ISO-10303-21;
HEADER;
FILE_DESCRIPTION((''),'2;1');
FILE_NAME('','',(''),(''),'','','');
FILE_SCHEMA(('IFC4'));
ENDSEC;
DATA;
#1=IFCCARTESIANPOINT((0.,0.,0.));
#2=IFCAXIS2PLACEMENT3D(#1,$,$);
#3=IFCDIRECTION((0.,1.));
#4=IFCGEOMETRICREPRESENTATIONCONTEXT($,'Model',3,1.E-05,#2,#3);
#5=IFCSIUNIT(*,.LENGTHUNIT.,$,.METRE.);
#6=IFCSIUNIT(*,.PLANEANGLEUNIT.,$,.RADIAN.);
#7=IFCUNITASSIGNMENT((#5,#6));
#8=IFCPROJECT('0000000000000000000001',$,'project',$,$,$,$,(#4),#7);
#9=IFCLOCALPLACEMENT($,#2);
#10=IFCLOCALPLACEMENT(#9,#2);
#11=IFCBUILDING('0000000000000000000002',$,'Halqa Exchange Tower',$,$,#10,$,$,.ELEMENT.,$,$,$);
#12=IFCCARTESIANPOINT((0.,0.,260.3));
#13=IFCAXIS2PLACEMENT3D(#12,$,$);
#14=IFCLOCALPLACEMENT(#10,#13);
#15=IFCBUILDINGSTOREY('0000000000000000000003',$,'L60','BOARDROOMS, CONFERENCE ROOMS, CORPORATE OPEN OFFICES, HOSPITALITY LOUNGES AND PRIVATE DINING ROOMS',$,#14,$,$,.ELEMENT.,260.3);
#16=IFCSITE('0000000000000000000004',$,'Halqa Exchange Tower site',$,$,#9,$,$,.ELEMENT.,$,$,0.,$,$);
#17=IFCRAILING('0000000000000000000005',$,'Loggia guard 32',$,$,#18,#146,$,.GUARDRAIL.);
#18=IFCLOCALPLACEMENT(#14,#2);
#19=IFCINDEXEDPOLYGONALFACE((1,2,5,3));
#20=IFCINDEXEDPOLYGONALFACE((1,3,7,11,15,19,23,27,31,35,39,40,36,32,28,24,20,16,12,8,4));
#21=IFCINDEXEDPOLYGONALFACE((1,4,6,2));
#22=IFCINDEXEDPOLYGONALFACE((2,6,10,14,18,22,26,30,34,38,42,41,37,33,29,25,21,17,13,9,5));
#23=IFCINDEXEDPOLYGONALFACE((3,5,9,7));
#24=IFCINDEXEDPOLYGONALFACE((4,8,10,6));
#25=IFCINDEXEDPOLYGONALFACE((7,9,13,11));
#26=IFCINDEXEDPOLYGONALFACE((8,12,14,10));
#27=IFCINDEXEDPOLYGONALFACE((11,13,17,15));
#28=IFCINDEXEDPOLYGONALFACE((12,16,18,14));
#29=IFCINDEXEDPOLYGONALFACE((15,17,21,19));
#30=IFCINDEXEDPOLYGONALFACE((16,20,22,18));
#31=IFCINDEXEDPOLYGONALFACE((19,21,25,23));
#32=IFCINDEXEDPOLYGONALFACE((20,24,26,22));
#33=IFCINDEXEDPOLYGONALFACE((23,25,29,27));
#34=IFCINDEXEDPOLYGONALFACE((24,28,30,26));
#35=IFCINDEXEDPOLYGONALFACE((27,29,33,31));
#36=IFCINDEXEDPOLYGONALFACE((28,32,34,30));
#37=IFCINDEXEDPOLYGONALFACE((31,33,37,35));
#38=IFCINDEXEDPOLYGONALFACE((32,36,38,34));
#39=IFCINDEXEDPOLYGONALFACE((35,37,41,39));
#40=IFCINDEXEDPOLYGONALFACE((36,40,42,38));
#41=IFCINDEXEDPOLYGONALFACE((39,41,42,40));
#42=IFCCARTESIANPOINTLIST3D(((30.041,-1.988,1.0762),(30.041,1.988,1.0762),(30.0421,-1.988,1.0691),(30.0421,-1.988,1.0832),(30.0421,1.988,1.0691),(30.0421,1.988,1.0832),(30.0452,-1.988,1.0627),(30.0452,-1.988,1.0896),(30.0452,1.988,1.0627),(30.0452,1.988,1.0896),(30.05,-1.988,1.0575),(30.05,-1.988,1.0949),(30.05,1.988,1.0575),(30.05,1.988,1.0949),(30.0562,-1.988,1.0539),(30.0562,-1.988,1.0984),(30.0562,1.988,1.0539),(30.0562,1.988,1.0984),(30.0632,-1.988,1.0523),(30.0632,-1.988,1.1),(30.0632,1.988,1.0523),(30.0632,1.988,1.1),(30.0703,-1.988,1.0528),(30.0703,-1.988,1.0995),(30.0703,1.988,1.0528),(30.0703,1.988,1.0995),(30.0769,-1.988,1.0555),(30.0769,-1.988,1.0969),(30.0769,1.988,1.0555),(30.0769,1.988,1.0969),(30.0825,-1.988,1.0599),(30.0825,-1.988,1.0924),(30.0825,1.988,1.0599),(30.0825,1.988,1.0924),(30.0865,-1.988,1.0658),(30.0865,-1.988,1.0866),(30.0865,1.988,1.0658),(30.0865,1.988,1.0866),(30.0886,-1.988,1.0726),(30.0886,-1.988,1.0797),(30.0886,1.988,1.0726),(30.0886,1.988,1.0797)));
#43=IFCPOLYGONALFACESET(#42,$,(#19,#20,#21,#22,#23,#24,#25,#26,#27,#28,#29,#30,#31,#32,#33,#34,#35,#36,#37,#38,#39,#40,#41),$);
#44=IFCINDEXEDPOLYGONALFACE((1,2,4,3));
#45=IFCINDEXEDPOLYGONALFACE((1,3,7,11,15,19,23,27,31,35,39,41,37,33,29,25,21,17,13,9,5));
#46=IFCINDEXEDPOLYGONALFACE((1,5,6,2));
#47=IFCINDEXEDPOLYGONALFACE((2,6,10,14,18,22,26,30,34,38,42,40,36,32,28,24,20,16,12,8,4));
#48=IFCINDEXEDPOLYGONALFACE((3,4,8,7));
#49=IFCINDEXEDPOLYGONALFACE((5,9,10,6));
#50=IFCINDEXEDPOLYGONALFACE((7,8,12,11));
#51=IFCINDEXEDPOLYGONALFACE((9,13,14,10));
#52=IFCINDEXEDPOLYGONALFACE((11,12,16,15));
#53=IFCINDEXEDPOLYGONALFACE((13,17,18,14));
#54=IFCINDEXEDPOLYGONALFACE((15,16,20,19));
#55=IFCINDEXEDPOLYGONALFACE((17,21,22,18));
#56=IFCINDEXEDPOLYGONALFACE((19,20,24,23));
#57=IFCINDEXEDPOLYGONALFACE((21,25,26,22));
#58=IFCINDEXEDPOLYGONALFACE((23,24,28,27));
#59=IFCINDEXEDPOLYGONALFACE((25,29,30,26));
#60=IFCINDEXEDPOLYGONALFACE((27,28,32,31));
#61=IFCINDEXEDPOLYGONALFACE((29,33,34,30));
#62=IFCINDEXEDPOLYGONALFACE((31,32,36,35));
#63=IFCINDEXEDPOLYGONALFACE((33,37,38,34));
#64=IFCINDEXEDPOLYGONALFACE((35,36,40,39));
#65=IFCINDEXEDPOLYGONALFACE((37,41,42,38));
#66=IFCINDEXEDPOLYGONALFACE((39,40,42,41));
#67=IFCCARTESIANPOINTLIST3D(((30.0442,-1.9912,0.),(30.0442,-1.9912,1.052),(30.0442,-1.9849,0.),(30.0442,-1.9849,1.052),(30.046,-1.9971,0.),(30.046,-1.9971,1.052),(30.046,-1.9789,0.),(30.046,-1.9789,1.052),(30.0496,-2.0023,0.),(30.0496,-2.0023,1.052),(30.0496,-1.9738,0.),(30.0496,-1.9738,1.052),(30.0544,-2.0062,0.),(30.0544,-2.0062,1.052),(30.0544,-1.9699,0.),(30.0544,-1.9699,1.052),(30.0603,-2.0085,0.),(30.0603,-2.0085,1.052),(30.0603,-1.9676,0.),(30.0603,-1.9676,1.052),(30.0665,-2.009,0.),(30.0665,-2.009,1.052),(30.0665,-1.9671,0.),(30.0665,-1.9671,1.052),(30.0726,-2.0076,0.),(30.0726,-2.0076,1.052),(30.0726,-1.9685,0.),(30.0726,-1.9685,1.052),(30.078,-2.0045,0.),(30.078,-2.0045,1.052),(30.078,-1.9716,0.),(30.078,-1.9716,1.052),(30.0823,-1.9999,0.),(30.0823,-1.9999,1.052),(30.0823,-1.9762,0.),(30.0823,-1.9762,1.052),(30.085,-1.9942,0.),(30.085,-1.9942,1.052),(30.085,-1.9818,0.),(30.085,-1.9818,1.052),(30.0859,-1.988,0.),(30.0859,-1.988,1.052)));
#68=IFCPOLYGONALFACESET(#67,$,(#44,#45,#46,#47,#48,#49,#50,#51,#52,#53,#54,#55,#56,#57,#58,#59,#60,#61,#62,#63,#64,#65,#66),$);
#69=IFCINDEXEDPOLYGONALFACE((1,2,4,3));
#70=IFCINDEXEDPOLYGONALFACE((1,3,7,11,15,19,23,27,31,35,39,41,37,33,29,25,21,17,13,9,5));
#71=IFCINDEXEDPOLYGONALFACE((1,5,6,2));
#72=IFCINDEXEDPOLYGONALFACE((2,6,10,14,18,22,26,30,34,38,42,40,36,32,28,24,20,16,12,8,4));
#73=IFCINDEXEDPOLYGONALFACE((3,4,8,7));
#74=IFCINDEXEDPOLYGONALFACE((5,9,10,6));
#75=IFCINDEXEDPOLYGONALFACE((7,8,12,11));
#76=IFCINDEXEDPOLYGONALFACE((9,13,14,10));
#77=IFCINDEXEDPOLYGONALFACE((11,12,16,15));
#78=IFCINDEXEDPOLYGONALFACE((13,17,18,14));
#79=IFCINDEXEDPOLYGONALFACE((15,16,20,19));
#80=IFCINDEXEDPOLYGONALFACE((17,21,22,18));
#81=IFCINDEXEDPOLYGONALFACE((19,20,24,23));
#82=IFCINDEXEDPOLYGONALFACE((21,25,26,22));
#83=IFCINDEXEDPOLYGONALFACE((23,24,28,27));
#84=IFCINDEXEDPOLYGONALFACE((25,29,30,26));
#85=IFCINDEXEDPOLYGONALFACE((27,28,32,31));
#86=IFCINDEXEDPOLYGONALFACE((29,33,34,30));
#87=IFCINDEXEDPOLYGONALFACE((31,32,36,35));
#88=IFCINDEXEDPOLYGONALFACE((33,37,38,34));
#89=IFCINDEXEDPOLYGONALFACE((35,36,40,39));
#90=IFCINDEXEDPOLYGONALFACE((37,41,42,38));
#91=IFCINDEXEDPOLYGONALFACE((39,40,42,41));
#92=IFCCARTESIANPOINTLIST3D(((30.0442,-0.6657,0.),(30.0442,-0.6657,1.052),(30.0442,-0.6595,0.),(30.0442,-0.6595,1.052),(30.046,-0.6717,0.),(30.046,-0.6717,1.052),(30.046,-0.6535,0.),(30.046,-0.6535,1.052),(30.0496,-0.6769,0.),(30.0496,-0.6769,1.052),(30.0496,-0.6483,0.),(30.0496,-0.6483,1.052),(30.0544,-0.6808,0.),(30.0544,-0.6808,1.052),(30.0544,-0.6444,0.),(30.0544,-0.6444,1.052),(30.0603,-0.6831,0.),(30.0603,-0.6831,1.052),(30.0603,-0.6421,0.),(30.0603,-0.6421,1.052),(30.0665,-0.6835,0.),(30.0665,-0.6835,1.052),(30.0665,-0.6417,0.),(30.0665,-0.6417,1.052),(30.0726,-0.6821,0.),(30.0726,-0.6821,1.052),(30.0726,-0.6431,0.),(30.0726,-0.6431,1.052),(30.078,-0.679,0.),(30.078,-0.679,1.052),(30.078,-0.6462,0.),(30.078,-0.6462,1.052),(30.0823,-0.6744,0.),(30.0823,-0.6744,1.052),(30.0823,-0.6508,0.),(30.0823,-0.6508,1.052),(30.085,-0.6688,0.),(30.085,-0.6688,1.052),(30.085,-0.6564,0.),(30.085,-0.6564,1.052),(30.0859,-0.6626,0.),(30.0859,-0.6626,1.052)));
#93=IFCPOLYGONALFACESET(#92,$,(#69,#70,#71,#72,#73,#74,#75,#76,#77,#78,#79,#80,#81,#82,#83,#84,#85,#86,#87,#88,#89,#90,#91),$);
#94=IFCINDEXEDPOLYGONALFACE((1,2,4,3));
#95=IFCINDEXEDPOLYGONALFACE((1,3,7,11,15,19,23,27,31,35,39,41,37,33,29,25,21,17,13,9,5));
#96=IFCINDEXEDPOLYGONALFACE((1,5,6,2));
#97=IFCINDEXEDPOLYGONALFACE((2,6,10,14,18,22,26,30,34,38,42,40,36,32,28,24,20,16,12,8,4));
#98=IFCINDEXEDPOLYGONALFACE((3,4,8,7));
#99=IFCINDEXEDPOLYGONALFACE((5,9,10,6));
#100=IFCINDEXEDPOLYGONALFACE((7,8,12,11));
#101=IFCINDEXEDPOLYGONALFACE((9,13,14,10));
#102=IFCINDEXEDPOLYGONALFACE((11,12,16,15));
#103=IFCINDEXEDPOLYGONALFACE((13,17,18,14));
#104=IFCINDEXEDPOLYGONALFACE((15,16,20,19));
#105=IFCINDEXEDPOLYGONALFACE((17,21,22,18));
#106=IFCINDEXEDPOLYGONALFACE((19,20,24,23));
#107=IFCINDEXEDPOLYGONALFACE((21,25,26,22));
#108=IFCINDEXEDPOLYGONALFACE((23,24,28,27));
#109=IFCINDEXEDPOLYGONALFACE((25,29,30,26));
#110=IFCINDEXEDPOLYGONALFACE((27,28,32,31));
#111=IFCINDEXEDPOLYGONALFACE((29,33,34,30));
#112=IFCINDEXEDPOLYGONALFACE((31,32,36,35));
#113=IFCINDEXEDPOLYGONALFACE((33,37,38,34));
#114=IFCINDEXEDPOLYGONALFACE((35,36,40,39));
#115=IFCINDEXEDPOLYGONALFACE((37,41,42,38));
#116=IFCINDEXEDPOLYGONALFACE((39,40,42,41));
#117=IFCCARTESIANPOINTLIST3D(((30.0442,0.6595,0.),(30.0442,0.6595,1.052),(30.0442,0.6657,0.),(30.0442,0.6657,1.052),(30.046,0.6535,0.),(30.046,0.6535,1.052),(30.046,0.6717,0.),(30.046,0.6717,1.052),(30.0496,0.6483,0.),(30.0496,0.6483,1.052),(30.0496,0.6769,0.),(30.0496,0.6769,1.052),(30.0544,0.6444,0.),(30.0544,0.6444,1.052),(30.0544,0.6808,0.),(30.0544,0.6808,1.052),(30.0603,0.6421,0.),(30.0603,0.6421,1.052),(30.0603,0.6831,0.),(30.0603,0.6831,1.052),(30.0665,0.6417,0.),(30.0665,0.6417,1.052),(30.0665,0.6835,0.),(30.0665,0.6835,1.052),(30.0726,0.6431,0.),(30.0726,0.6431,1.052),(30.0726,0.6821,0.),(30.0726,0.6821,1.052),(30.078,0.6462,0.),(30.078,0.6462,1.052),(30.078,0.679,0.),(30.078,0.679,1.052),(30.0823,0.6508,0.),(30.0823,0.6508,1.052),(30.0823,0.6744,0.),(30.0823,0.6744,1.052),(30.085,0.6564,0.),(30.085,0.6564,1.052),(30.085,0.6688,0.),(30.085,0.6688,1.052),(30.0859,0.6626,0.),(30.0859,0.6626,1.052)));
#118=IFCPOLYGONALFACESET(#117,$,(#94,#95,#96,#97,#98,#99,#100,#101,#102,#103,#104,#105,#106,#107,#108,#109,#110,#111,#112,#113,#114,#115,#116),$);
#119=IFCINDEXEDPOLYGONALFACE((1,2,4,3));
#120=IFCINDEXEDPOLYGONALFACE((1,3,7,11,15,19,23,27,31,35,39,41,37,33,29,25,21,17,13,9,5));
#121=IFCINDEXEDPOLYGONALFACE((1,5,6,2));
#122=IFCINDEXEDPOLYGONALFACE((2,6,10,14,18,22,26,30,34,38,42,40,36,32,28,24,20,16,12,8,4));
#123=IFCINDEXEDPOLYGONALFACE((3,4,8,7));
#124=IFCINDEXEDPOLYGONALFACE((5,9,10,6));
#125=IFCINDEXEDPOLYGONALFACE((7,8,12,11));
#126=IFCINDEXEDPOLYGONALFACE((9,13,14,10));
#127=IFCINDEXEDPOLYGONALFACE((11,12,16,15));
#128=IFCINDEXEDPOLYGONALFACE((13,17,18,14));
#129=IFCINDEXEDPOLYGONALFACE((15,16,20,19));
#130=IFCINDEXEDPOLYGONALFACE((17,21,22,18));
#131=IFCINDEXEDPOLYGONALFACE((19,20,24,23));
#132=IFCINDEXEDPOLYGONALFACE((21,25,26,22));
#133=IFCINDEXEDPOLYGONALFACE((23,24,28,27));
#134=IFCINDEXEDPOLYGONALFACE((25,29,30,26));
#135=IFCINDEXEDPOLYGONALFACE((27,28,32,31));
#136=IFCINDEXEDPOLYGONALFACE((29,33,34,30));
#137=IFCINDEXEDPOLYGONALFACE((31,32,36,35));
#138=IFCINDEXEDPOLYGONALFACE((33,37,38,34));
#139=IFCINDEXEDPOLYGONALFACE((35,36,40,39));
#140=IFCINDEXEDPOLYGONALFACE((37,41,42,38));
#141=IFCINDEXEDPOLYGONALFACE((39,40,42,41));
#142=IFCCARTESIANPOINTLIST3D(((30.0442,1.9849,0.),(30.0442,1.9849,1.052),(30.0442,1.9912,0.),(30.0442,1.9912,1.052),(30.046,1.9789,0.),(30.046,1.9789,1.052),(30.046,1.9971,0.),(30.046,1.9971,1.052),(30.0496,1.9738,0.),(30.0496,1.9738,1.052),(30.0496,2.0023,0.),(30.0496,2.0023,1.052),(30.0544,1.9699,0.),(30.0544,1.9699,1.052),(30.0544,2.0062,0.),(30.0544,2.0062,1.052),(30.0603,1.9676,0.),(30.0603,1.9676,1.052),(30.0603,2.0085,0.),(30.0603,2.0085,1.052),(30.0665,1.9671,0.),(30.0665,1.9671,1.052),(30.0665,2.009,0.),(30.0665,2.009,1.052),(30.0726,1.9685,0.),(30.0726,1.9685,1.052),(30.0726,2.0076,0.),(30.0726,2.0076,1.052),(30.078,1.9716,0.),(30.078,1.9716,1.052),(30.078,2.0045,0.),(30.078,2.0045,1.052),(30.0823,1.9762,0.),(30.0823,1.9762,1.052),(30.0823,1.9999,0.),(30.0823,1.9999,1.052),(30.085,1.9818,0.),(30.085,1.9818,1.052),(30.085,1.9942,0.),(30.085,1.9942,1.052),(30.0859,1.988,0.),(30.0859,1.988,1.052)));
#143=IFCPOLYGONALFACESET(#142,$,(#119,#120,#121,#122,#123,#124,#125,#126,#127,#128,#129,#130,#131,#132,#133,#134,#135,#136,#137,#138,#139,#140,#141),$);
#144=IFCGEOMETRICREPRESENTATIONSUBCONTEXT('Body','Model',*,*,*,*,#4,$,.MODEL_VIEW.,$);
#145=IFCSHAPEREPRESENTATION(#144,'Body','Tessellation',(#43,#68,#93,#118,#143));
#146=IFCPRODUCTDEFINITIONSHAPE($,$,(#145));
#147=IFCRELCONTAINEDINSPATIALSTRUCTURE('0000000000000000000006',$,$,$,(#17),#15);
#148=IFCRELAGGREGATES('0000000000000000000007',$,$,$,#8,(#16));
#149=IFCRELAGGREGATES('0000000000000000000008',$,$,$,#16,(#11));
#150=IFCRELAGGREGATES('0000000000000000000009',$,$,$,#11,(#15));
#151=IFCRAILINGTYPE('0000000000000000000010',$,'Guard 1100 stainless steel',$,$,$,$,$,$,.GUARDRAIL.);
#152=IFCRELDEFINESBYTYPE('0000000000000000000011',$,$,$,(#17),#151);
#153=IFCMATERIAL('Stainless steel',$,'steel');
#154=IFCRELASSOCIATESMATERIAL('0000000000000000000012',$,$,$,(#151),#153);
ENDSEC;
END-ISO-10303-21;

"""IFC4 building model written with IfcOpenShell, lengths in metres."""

from ifc_helpers import new_model, si_unit, direction, frame, origin, origin_2d, place, context, subcontext, project, spatial, circle, extrude, material, type_object, element, save


model = new_model("IFC4")

# Units and contexts
model_context = context("Model", 3, precision=1e-05, world=origin(), true_north=direction((0.0, 1.0)))
body_context = subcontext(model_context, "Body", "Model", "MODEL_VIEW")
ifc_project = project(units=[si_unit("LENGTHUNIT", "METRE"), si_unit("PLANEANGLEUNIT", "RADIAN")], contexts=[model_context])

# Site, building, storey
site_placement = place(None, origin())
site = spatial("IfcSite", under=ifc_project, at=site_placement, Name="Halqa Exchange Tower site", CompositionType="ELEMENT", RefElevation=0.0)
building_placement = place(site_placement, origin())
building = spatial("IfcBuilding", under=site, at=building_placement, Name="Halqa Exchange Tower", CompositionType="ELEMENT")
storey_placement = place(building_placement, frame((0.0, 0.0, 260.3)))
storey = spatial("IfcBuildingStorey", under=building, at=storey_placement, Name="L60", Description="BOARDROOMS, CONFERENCE ROOMS, CORPORATE OPEN OFFICES, HOSPITALITY LOUNGES AND PRIVATE DINING ROOMS", CompositionType="ELEMENT", Elevation=260.3)

# Railing
ifc_material_1 = material(Name="Stainless steel", Category="steel")
railing_type = type_object("IfcRailingType", Name="Guard 1100 stainless steel", PredefinedType="GUARDRAIL", material=ifc_material_1)
railing_1_placement = place(storey_placement, frame((30.0649, -1.988, 0.0)))
element("IfcRailing", 1, at=railing_1_placement, inside=storey, type_object=railing_type, Name="Loggia guard 32", PredefinedType="GUARDRAIL", context=body_context, shape_type="SweptSolid", body=[
    extrude(circle(Radius=0.0239, at=origin_2d()), frame((0.0, 0.0, 1.0762), z_axis=(0.0, 1.0, 0.0), x_axis=(-1.0, 0.0, 0.0)), (0.0, 0.0, 1.0), 3.9761),
    extrude(circle(Radius=0.021, at=origin_2d()), origin(), (0.0, 0.0, 1.0), 1.052),
    extrude(circle(Radius=0.021, at=origin_2d()), frame((0.0, 1.3254, 0.0)), (0.0, 0.0, 1.0), 1.052),
    extrude(circle(Radius=0.021, at=origin_2d()), frame((0.0, 2.6506, 0.0)), (0.0, 0.0, 1.0), 1.052),
    extrude(circle(Radius=0.021, at=origin_2d()), frame((0.0, 3.9761, 0.0)), (0.0, 0.0, 1.0), 1.052),
])

save(model, "model.ifc")
